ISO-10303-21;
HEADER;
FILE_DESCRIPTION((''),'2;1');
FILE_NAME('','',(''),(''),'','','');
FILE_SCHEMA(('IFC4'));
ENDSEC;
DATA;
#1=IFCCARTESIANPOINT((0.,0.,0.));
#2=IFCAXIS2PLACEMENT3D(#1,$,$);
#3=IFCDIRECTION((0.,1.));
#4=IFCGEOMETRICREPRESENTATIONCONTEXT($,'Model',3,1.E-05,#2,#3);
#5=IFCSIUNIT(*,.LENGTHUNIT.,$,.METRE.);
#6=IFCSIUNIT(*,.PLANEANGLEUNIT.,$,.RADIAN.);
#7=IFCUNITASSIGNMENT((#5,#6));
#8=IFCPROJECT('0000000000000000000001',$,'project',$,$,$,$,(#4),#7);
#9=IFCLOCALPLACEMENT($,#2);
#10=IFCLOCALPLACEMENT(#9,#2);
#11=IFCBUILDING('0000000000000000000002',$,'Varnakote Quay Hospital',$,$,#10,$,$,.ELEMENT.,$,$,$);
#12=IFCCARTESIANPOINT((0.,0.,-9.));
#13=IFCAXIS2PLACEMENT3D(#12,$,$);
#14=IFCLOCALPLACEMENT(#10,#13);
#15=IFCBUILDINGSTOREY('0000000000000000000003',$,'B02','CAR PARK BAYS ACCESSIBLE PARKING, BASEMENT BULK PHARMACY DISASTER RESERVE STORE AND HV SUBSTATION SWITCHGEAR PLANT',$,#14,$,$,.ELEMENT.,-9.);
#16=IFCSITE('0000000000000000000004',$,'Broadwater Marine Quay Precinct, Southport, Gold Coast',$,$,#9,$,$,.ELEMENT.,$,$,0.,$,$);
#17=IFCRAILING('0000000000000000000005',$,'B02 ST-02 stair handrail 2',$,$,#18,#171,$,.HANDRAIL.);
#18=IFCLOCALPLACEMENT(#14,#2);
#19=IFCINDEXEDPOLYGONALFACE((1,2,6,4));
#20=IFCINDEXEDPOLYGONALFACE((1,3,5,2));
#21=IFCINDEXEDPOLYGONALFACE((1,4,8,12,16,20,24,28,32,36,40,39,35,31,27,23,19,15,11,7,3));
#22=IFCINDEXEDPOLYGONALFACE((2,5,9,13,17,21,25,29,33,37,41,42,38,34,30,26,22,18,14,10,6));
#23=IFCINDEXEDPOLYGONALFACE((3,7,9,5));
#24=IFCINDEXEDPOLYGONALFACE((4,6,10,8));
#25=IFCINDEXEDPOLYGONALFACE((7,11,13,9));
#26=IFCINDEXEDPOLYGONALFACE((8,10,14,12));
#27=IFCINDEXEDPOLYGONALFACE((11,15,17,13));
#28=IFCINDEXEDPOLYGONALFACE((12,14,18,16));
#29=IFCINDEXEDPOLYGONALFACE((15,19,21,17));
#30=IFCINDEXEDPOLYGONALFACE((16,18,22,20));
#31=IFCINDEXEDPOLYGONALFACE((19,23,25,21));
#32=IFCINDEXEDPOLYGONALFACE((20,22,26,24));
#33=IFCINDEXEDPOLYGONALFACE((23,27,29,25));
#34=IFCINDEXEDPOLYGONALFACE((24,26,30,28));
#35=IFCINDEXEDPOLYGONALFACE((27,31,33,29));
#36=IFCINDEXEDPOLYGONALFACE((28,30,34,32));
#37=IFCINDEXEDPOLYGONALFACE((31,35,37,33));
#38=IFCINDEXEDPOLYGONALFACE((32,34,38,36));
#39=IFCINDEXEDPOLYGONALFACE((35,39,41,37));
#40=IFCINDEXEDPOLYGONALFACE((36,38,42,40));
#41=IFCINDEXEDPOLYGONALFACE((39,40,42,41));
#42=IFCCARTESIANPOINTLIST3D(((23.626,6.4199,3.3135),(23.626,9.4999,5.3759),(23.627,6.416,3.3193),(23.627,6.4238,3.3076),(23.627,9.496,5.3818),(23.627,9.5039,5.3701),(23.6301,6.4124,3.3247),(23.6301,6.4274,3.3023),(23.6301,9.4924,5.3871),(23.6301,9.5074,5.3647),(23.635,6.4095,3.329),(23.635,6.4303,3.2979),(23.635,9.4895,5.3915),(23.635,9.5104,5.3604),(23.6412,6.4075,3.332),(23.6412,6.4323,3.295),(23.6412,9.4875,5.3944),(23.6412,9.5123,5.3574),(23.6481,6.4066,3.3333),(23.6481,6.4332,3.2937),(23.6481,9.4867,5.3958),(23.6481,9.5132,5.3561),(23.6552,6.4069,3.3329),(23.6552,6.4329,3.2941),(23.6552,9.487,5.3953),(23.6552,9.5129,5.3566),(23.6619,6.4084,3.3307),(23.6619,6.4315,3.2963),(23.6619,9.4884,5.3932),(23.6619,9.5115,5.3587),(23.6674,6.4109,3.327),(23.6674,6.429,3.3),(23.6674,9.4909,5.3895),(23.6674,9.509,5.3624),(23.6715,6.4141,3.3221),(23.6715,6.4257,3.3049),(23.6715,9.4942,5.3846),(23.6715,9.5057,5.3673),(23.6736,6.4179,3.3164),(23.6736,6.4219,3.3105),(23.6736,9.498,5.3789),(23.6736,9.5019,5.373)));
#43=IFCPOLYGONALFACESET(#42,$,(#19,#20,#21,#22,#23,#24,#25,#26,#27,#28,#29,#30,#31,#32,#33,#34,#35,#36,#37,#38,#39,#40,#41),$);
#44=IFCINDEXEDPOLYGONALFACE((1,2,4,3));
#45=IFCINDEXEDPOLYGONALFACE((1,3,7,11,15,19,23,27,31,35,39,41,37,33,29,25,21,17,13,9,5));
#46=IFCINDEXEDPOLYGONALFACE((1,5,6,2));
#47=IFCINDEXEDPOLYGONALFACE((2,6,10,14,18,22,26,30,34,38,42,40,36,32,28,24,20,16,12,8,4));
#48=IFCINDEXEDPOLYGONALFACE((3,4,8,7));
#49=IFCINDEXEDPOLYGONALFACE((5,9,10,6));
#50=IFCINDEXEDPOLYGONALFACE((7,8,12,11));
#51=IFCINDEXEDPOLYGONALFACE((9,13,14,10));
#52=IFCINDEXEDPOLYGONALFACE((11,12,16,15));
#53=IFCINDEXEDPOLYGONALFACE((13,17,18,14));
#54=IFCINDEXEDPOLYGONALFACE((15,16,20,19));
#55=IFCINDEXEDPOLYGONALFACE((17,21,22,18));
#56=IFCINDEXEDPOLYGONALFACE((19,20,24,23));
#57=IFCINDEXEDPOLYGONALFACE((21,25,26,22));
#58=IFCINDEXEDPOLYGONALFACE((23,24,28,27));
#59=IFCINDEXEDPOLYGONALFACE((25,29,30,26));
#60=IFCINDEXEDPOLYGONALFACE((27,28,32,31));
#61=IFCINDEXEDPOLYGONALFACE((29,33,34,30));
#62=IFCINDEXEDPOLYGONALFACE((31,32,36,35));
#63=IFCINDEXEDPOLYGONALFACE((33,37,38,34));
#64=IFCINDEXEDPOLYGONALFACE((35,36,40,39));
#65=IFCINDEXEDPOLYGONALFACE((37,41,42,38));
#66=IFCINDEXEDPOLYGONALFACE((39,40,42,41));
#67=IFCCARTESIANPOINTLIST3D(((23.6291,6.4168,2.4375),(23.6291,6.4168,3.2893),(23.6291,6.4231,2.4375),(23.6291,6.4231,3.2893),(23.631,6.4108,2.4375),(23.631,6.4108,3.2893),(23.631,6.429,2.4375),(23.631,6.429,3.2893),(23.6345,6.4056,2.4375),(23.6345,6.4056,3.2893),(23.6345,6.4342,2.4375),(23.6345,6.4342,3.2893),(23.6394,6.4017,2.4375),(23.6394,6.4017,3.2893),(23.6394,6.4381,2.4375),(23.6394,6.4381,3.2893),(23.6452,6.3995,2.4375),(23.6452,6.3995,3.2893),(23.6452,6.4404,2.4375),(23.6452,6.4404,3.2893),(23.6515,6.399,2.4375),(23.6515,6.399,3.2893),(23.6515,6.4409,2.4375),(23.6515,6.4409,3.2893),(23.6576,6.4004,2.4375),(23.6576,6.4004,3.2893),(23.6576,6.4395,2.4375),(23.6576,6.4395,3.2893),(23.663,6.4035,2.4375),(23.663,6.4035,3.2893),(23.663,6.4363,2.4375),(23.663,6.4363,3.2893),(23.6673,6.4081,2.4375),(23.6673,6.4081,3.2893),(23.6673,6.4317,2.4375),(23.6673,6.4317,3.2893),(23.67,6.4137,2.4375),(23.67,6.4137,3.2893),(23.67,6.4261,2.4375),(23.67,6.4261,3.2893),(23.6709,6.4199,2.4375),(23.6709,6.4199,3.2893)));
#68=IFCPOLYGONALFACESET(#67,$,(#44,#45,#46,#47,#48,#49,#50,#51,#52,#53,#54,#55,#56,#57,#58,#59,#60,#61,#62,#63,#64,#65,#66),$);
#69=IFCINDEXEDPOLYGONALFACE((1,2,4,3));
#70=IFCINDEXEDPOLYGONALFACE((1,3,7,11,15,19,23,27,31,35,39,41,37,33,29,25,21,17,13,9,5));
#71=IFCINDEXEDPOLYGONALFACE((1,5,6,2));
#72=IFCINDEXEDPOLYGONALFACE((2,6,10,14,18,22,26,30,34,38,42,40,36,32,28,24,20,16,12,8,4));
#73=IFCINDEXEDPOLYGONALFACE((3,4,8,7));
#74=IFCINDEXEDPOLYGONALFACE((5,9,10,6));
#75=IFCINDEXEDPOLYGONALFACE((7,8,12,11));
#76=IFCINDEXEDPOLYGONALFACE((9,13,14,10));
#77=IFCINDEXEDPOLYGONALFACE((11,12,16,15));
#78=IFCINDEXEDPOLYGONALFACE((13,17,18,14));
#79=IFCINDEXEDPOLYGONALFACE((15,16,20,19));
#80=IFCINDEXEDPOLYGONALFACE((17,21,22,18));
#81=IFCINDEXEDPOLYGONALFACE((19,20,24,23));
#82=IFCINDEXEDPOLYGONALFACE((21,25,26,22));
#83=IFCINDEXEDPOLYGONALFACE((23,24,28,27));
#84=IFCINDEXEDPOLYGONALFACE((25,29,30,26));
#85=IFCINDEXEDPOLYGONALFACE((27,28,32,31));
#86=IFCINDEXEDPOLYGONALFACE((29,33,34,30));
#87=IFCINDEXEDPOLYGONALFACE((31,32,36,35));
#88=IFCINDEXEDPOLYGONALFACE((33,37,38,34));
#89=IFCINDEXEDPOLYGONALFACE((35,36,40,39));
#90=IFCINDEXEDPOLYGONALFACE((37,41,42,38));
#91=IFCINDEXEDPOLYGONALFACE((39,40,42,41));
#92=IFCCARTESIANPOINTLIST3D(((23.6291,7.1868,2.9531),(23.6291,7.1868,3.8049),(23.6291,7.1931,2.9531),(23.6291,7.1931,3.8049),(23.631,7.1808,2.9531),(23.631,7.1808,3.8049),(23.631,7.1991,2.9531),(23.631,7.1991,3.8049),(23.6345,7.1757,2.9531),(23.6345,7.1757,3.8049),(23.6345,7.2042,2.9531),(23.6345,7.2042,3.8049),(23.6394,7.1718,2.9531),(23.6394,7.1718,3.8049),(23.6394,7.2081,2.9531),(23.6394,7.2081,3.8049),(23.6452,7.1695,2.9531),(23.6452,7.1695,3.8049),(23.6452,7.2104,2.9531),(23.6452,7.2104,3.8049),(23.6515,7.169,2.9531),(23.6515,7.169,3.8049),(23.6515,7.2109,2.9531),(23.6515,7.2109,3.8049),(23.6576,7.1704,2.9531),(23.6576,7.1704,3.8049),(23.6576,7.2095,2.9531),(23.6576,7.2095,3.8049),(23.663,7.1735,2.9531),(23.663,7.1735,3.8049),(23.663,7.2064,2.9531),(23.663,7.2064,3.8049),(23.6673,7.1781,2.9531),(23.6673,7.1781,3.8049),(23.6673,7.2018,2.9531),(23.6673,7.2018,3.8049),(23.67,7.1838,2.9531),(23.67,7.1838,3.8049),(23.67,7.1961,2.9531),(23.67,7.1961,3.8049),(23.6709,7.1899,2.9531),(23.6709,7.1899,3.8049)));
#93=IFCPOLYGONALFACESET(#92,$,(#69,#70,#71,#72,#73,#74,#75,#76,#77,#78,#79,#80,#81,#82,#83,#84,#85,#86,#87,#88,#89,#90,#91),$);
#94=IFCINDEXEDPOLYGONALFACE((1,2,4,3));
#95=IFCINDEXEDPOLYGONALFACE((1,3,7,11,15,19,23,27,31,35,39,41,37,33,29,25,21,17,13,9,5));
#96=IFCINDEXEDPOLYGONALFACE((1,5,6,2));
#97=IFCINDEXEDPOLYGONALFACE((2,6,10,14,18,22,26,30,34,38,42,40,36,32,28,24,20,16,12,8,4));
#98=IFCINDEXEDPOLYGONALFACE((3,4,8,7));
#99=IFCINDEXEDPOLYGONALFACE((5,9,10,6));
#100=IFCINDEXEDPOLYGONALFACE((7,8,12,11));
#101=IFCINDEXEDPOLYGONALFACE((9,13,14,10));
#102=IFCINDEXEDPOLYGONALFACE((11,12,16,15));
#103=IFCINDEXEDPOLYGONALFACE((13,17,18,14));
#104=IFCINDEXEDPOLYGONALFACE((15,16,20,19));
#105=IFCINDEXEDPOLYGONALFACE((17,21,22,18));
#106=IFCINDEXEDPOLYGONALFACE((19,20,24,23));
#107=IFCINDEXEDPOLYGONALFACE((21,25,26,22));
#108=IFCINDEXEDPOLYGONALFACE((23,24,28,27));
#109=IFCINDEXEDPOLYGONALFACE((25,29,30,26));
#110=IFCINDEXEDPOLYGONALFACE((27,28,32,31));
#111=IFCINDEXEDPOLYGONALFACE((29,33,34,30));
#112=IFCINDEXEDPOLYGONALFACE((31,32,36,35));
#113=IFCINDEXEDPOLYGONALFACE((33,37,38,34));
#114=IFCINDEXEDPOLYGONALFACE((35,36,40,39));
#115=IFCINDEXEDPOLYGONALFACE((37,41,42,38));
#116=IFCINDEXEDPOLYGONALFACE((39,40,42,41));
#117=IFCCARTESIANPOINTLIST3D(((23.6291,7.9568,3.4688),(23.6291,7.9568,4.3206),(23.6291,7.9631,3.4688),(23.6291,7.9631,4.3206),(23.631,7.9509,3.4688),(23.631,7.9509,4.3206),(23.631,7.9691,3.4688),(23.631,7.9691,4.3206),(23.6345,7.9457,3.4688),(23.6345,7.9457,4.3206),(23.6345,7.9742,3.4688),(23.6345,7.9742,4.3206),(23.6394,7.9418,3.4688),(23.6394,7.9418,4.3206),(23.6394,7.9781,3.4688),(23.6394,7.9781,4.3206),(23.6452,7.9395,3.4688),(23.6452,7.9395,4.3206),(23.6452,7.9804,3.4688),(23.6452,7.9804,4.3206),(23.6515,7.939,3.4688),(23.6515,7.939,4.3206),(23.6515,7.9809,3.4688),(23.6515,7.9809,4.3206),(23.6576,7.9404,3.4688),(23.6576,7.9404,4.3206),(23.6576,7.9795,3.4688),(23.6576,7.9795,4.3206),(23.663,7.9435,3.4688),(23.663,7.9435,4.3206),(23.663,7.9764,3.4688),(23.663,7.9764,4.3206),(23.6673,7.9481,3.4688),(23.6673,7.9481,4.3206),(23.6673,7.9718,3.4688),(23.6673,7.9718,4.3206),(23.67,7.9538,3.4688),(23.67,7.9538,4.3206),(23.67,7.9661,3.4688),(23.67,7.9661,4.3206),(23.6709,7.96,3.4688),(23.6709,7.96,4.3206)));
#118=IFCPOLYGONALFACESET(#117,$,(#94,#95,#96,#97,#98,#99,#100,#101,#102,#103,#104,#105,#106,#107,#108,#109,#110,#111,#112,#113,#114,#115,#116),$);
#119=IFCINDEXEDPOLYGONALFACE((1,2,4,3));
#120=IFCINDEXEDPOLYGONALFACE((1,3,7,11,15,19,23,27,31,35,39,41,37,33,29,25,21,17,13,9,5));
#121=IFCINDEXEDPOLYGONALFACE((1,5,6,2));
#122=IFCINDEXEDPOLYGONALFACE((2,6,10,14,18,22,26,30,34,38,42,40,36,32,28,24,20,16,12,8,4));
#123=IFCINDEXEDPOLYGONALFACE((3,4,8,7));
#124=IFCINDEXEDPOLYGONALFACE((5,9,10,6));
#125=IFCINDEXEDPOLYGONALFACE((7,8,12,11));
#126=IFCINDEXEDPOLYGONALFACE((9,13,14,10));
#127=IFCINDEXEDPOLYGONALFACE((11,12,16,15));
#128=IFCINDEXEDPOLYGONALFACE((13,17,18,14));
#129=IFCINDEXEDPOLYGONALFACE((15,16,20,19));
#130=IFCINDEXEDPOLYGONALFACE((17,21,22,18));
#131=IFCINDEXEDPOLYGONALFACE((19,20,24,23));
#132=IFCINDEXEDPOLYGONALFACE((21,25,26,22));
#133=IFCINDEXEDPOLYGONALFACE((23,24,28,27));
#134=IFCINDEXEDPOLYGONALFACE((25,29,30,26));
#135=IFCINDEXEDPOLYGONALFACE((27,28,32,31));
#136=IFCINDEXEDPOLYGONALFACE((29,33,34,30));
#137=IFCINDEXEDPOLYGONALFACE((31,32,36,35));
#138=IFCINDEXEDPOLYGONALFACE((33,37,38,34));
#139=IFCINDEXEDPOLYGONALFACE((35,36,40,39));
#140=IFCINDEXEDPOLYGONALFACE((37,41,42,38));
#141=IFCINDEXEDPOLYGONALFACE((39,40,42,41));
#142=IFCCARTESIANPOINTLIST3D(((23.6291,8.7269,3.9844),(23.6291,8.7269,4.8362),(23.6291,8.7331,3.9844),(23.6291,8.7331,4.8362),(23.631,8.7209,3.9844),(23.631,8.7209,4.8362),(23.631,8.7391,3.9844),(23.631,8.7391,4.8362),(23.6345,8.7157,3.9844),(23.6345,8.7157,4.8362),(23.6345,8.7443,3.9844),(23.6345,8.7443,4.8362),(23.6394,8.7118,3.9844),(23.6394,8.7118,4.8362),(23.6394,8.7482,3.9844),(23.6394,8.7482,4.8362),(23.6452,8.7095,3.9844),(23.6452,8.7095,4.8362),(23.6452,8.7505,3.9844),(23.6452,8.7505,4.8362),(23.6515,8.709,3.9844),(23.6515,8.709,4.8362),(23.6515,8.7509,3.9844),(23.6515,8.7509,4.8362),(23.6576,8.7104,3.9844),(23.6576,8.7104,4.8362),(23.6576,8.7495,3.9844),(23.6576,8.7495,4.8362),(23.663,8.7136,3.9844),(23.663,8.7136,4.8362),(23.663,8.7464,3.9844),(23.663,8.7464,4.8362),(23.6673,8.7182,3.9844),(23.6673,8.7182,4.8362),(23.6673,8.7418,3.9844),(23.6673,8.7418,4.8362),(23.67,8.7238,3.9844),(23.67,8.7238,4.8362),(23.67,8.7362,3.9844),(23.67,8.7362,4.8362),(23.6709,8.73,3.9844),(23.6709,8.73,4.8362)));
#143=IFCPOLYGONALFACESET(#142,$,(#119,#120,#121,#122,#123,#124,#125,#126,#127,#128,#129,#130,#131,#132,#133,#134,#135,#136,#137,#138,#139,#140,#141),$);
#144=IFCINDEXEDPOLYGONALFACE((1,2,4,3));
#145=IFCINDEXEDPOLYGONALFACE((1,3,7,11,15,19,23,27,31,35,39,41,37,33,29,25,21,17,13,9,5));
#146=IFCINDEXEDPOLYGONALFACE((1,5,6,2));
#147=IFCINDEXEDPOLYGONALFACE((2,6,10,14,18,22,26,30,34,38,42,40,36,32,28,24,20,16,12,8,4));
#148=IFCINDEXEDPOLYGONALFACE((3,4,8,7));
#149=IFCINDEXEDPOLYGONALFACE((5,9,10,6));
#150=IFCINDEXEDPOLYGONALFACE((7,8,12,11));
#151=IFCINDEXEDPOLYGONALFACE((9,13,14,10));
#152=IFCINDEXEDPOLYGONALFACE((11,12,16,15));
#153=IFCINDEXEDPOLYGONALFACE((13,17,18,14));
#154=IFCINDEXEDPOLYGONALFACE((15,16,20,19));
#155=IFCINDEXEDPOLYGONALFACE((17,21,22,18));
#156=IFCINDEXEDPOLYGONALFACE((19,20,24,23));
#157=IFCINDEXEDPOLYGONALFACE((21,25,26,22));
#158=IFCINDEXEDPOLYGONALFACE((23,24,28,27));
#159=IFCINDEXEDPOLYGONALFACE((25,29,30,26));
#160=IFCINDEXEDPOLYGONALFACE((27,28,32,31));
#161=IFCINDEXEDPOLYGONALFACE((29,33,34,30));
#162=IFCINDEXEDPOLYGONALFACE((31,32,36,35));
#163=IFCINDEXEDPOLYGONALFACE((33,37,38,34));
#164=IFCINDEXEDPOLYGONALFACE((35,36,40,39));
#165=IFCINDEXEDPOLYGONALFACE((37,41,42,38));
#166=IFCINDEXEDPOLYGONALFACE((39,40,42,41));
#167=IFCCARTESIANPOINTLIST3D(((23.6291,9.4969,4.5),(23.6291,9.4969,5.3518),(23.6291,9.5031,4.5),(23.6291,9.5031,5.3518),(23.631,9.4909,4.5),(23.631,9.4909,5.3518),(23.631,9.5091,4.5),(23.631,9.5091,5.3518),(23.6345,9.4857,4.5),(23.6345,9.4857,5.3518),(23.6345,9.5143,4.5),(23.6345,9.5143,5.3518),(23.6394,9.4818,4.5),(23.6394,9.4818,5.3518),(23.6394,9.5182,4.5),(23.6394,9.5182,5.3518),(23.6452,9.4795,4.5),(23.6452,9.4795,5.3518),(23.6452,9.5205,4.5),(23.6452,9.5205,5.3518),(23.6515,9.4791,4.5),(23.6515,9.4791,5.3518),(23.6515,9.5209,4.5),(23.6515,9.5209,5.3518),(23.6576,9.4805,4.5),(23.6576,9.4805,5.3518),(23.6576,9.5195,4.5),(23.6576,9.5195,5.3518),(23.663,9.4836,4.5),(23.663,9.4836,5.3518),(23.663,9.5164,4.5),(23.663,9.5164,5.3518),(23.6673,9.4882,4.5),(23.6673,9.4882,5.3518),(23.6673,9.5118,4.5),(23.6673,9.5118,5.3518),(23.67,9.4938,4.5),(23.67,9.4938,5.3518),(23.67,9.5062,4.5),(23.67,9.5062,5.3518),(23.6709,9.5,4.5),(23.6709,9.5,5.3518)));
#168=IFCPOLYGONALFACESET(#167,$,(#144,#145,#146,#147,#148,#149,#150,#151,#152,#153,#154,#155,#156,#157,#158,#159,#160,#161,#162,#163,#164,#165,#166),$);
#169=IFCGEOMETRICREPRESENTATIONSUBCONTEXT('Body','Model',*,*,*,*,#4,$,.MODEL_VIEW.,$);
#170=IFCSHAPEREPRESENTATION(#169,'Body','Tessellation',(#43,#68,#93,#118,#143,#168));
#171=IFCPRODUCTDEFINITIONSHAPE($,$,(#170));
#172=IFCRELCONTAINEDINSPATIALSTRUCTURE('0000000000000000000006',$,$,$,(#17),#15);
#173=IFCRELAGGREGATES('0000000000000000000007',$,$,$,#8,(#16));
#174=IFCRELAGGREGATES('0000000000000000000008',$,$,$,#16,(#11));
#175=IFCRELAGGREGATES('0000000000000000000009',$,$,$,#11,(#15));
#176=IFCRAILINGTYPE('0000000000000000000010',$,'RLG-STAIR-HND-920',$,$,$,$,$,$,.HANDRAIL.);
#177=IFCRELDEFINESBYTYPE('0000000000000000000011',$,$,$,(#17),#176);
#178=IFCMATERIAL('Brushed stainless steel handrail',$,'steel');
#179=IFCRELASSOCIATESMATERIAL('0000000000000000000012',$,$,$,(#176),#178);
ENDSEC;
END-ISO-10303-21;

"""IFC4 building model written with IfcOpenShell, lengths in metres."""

from ifc_helpers import new_model, si_unit, direction, frame, origin, origin_2d, place, context, subcontext, project, spatial, circle, extrude, material, type_object, element, save


model = new_model("IFC4")

# Units and contexts
model_context = context("Model", 3, precision=1e-05, world=origin(), true_north=direction((0.0, 1.0)))
body_context = subcontext(model_context, "Body", "Model", "MODEL_VIEW")
ifc_project = project(units=[si_unit("LENGTHUNIT", "METRE"), si_unit("PLANEANGLEUNIT", "RADIAN")], contexts=[model_context])

# Site, building, storey
site_placement = place(None, origin())
site = spatial("IfcSite", under=ifc_project, at=site_placement, Name="Broadwater Marine Quay Precinct, Southport, Gold Coast", CompositionType="ELEMENT", RefElevation=0.0)
building_placement = place(site_placement, origin())
building = spatial("IfcBuilding", under=site, at=building_placement, Name="Varnakote Quay Hospital", CompositionType="ELEMENT")
storey_placement = place(building_placement, frame((0.0, 0.0, -9.0)))
storey = spatial("IfcBuildingStorey", under=building, at=storey_placement, Name="B02", Description="CAR PARK BAYS ACCESSIBLE PARKING, BASEMENT BULK PHARMACY DISASTER RESERVE STORE AND HV SUBSTATION SWITCHGEAR PLANT", CompositionType="ELEMENT", Elevation=-9.0)

# Railing
ifc_material_1 = material(Name="Brushed stainless steel handrail", Category="steel")
railing_type_1 = type_object("IfcRailingType", Name="RLG-STAIR-HND-920", PredefinedType="HANDRAIL", material=ifc_material_1)
railing_1_placement = place(storey_placement, frame((23.6499, 6.4199, 2.4375)))
element("IfcRailing", 1, at=railing_1_placement, inside=storey, type_object=railing_type_1, Name="B02 ST-02 stair handrail 2", PredefinedType="HANDRAIL", context=body_context, shape_type="SweptSolid", body=[
    extrude(circle(Radius=0.0239, at=origin_2d()), frame((0.0, 0.0, 0.876), z_axis=(0.0, 0.830914, 0.556401), x_axis=(-1.0, 0.0, 0.0)), (0.0, 0.0, 1.0), 3.7068),
    extrude(circle(Radius=0.021, at=origin_2d()), origin(), (0.0, 0.0, 1.0), 0.8518),
    extrude(circle(Radius=0.021, at=origin_2d()), frame((0.0, 0.77, 0.5156)), (0.0, 0.0, 1.0), 0.8518),
    extrude(circle(Radius=0.021, at=origin_2d()), frame((0.0, 1.54, 1.0312)), (0.0, 0.0, 1.0), 0.8518),
    extrude(circle(Radius=0.021, at=origin_2d()), frame((0.0, 2.3101, 1.5469)), (0.0, 0.0, 1.0), 0.8518),
    extrude(circle(Radius=0.021, at=origin_2d()), frame((0.0, 3.0801, 2.0625)), (0.0, 0.0, 1.0), 0.8518),
])

save(model, "model.ifc")
